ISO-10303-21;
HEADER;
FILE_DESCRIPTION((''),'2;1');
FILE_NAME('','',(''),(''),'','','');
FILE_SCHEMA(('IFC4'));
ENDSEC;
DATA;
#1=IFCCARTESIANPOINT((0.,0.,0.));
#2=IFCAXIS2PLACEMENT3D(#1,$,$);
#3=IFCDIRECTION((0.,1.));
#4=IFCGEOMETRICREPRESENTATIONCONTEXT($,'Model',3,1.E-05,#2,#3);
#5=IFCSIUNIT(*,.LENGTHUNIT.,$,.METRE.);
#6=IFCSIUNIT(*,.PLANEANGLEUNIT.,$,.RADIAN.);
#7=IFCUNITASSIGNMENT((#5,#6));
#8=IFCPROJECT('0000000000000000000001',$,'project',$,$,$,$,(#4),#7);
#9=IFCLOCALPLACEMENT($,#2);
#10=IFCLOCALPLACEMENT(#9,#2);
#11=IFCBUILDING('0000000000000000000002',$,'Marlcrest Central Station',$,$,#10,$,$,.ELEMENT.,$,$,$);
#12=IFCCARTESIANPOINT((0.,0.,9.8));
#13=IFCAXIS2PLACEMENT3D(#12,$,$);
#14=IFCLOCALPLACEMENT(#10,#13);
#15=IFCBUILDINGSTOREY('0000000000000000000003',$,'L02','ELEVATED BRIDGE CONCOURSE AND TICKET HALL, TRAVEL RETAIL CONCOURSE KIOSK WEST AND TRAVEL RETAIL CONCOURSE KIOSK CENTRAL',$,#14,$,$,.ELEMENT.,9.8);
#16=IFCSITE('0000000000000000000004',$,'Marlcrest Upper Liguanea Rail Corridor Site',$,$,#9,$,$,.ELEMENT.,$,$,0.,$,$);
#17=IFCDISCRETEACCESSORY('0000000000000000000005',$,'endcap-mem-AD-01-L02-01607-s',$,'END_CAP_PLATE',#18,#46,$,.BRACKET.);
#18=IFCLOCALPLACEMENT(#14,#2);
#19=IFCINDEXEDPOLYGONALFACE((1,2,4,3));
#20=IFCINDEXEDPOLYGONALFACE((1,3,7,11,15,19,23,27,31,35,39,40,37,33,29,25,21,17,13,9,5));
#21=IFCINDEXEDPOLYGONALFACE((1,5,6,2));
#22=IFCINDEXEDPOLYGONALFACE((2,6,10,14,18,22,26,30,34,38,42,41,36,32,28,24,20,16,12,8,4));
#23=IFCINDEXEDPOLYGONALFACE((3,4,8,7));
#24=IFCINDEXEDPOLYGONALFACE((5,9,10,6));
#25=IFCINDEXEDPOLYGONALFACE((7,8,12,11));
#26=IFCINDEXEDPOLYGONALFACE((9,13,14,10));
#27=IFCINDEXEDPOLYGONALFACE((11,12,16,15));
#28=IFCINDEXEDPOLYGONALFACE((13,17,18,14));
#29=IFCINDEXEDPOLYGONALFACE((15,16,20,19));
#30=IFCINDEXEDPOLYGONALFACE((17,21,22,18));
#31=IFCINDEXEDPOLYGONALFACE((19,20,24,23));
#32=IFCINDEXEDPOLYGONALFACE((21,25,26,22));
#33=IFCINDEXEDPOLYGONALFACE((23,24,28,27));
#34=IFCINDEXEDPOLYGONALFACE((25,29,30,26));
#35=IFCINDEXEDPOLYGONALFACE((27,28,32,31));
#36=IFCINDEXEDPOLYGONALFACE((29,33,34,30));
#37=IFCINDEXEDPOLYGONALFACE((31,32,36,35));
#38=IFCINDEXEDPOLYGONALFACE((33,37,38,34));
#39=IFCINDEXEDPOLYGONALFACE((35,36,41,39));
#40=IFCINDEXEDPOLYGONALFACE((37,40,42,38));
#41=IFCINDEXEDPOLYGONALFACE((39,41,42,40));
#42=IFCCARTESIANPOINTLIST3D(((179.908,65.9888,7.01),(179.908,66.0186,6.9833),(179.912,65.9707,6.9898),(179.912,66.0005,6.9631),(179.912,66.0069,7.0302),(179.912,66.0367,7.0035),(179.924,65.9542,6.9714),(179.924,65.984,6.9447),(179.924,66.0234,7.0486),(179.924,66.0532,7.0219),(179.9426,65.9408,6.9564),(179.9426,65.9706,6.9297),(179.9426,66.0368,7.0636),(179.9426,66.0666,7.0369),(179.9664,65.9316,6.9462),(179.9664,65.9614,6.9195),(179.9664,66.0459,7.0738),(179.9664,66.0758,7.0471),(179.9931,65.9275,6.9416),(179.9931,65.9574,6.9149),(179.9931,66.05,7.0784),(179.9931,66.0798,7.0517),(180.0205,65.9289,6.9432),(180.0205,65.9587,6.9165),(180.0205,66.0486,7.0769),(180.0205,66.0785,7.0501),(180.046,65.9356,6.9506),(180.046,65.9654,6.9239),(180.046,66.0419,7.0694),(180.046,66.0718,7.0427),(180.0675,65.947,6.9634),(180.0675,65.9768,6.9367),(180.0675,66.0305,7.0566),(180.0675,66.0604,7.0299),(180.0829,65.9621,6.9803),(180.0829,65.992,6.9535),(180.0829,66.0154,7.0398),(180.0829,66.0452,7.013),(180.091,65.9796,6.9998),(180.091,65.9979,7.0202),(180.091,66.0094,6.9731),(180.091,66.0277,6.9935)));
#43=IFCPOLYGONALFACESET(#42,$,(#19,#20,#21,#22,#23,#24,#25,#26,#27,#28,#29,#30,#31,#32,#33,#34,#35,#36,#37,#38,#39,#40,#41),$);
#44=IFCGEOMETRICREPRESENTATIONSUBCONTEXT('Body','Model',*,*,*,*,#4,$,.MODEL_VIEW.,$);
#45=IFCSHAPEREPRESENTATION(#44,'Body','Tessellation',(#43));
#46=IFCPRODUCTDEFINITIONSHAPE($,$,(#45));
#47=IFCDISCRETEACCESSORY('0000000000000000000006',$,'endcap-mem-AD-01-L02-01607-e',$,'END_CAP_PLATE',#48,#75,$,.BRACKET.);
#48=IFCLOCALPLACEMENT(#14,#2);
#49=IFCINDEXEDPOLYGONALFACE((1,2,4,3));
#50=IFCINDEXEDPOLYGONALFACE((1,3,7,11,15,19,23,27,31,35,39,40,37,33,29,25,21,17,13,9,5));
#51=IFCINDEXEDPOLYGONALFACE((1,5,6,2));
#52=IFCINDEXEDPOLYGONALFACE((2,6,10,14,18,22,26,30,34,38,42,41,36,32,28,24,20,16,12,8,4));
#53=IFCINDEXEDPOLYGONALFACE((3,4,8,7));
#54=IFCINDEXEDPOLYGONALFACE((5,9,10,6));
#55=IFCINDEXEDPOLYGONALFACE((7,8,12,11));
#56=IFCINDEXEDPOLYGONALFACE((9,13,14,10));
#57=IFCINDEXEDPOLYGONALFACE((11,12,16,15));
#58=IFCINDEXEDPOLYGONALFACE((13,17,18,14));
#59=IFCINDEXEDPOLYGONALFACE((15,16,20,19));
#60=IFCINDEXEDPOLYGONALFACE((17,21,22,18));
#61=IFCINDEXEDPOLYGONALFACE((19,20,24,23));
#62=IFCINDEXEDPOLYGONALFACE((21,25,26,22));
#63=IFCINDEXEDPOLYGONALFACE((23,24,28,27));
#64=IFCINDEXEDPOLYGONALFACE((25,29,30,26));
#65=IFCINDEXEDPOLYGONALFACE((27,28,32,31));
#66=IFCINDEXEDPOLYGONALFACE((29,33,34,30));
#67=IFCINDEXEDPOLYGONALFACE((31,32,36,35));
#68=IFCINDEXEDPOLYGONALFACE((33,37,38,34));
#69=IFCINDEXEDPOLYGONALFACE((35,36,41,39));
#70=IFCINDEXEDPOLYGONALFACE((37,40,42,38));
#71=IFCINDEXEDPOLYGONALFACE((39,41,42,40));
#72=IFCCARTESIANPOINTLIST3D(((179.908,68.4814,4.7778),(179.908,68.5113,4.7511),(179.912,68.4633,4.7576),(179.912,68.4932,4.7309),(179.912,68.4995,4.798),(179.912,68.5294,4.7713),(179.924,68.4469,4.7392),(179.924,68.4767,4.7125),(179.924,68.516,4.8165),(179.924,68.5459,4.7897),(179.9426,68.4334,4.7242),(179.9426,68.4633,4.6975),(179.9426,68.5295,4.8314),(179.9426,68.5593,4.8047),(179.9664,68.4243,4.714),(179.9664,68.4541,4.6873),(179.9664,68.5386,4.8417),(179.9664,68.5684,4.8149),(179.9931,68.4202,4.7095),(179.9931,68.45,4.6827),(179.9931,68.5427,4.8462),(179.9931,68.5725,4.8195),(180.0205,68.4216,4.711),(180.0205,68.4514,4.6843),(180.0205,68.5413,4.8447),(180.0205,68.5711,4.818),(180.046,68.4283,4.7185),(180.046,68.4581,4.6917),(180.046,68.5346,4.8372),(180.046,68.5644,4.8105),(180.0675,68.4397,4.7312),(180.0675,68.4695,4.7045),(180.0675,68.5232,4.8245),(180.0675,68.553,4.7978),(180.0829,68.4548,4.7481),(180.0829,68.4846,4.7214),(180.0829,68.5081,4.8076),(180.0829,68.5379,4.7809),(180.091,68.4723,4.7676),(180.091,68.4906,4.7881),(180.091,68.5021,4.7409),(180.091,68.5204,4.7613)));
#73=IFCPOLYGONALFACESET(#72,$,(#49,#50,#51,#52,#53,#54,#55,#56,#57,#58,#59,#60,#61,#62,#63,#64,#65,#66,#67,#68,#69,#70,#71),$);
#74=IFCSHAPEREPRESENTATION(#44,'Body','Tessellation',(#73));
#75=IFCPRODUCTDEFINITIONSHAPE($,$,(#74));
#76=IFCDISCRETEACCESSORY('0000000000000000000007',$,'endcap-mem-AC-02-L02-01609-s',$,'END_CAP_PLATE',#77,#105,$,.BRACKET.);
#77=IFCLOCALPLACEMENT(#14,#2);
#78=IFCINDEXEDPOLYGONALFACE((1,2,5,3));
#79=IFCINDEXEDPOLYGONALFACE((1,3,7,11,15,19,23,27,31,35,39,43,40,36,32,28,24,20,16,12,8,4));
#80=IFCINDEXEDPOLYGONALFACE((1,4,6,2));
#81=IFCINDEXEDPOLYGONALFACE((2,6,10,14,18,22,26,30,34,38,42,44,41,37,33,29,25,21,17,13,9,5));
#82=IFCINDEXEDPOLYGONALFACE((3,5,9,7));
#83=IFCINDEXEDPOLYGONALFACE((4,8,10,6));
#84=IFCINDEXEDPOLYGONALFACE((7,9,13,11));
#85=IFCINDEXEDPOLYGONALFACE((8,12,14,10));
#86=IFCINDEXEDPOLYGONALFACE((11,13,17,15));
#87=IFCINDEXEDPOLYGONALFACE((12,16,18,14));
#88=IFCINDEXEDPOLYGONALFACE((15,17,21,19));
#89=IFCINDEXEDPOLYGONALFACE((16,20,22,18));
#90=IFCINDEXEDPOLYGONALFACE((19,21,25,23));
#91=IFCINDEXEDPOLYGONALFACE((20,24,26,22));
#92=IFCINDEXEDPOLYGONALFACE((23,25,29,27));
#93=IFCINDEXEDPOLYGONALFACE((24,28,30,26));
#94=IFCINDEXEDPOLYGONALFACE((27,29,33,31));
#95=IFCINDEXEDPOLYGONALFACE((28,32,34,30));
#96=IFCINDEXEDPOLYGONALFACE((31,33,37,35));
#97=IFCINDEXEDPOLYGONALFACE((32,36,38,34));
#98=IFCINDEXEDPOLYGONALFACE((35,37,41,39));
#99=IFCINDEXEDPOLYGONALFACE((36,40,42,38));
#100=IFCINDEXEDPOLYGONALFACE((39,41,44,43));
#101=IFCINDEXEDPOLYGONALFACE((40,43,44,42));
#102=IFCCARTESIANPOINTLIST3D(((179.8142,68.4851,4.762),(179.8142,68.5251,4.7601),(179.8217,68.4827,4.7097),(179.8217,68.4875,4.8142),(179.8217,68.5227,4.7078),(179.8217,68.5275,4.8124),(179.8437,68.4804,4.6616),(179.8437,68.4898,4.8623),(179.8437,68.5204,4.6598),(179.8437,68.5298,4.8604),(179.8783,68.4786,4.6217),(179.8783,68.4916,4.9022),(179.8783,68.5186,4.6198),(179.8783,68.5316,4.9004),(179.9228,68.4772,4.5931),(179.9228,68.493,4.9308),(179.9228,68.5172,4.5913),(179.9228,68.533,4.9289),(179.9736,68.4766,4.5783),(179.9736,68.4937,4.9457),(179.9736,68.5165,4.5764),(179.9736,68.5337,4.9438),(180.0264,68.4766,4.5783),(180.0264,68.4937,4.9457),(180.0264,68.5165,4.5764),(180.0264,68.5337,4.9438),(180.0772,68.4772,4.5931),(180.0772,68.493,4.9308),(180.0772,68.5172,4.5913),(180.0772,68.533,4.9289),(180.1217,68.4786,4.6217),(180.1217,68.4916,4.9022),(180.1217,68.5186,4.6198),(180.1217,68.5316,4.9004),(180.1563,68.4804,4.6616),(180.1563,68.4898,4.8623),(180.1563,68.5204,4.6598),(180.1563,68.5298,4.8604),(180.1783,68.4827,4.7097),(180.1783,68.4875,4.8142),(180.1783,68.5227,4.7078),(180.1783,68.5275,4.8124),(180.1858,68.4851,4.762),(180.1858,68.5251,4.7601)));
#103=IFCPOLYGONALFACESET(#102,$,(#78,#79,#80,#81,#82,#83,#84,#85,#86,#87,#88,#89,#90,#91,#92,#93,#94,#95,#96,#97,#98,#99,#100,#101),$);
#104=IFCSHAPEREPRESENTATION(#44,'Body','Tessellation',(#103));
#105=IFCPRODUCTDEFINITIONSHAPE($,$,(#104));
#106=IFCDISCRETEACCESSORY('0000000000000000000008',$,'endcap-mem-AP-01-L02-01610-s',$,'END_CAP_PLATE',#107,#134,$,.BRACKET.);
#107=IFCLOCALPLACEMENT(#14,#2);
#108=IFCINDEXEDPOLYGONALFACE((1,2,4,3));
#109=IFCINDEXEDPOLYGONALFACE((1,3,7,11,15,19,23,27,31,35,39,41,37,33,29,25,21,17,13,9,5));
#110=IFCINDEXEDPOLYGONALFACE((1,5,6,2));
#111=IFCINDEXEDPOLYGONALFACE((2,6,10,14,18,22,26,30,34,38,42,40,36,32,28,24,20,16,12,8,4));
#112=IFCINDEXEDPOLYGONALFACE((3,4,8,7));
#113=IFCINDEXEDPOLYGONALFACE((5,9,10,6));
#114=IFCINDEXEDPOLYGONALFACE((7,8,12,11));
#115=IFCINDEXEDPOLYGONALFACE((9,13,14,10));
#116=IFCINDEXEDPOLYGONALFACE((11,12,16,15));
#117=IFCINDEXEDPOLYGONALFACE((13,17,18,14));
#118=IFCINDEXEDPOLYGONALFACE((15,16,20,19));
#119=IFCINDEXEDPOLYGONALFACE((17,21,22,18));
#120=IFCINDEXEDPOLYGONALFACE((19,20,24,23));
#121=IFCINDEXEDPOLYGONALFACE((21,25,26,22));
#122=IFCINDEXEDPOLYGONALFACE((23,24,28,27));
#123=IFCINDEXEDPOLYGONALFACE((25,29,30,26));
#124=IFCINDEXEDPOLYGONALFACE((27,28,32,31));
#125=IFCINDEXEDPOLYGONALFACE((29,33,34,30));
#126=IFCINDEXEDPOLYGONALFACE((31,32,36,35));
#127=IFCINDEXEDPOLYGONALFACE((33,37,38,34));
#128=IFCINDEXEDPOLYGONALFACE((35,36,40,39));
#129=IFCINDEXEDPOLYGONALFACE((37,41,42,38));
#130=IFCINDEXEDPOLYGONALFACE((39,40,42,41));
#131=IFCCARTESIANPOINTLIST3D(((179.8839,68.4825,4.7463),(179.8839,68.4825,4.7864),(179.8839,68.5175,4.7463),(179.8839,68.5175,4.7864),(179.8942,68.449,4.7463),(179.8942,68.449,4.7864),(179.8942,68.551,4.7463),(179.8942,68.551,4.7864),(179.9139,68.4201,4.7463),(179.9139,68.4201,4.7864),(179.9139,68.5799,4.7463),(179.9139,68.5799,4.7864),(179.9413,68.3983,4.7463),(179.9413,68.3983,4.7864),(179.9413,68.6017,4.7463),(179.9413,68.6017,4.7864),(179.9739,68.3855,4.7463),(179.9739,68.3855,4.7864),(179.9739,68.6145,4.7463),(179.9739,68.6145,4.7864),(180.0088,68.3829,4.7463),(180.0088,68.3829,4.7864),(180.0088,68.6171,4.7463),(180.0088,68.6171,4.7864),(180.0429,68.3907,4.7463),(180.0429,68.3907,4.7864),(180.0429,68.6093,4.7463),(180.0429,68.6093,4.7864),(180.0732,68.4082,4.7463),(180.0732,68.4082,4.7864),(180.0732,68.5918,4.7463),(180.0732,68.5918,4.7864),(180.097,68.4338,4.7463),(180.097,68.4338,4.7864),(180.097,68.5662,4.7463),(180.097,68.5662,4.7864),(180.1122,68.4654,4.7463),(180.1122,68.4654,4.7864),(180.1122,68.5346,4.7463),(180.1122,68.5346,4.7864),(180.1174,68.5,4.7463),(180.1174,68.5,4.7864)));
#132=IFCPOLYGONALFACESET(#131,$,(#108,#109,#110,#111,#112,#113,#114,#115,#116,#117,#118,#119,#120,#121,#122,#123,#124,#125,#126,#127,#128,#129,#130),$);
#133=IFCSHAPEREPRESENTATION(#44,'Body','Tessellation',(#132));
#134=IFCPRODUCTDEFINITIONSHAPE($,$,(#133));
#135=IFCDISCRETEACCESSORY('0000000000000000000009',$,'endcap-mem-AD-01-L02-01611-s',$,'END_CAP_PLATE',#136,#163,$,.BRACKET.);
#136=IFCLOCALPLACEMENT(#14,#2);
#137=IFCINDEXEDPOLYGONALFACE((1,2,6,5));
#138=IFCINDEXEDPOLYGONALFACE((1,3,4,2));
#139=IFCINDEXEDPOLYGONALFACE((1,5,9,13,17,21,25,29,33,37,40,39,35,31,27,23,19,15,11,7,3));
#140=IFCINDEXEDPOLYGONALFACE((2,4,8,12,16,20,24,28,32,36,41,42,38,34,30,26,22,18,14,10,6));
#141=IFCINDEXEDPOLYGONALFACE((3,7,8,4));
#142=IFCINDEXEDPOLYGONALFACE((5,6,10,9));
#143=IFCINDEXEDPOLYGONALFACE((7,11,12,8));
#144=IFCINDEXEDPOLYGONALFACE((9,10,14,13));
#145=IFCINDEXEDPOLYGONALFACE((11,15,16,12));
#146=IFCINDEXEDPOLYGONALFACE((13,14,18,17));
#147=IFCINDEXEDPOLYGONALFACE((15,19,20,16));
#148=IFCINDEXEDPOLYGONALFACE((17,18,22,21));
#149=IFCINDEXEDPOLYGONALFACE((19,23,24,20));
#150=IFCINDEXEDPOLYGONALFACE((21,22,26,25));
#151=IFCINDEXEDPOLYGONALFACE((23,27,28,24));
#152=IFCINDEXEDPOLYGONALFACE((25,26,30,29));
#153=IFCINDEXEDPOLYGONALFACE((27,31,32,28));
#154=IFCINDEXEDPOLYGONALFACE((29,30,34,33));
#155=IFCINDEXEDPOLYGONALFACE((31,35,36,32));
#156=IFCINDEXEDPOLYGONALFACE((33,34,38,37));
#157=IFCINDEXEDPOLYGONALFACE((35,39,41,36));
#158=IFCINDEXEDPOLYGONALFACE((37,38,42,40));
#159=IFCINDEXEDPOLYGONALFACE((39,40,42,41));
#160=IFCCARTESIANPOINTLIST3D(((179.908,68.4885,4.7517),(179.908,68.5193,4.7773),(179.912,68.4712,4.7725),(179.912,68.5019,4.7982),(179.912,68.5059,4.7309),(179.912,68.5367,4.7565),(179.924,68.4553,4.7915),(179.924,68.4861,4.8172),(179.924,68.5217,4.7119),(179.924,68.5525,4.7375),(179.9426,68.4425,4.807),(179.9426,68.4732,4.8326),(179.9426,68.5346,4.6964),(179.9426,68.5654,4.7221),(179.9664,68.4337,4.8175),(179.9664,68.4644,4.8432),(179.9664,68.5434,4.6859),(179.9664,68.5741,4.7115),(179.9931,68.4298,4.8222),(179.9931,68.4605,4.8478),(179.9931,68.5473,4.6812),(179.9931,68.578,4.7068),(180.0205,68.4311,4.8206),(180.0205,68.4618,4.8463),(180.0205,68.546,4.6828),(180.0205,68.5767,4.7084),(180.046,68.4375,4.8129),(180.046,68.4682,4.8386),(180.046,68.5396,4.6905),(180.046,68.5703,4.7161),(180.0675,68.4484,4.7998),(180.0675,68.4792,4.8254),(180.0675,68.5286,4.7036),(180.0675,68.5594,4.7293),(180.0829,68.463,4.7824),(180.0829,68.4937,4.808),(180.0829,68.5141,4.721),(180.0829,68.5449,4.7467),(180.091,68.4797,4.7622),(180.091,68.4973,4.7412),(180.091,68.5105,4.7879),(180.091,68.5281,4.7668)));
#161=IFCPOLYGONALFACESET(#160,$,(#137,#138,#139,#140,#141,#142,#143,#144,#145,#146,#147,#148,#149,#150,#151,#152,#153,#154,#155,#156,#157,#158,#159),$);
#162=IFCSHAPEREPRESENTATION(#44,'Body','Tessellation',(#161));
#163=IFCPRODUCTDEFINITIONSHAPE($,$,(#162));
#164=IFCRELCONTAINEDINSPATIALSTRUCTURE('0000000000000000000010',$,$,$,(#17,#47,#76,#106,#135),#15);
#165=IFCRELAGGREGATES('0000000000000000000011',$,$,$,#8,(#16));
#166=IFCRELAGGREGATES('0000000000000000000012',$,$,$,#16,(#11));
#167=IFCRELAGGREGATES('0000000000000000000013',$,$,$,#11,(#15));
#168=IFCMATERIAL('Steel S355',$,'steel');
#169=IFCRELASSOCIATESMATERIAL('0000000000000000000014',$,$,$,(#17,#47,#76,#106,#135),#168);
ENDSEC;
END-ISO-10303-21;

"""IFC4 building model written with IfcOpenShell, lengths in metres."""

from ifc_helpers import new_model, si_unit, direction, frame, origin, origin_2d, place, context, subcontext, project, spatial, circle, extrude, material, element, save


model = new_model("IFC4")

# Units and contexts
model_context = context("Model", 3, precision=1e-05, world=origin(), true_north=direction((0.0, 1.0)))
body_context = subcontext(model_context, "Body", "Model", "MODEL_VIEW")
ifc_project = project(units=[si_unit("LENGTHUNIT", "METRE"), si_unit("PLANEANGLEUNIT", "RADIAN")], contexts=[model_context])

# Site, building, storey
site_placement = place(None, origin())
site = spatial("IfcSite", under=ifc_project, at=site_placement, Name="Marlcrest Upper Liguanea Rail Corridor Site", CompositionType="ELEMENT", RefElevation=0.0)
building_placement = place(site_placement, origin())
building = spatial("IfcBuilding", under=site, at=building_placement, Name="Marlcrest Central Station", CompositionType="ELEMENT")
storey_placement = place(building_placement, frame((0.0, 0.0, 9.8)))
storey = spatial("IfcBuildingStorey", under=building, at=storey_placement, Name="L02", Description="ELEVATED BRIDGE CONCOURSE AND TICKET HALL, TRAVEL RETAIL CONCOURSE KIOSK WEST AND TRAVEL RETAIL CONCOURSE KIOSK CENTRAL", CompositionType="ELEMENT", Elevation=9.8)

# Shared definitions
ifc_material = material(Name="Steel S355", Category="steel")

# Discrete accessories
for number, where, z_axis, x_axis, name in (
    (1, (180.0, 65.9888, 7.01), (0.0, 0.744956, -0.667114), (-1.0, 0.0, 0.0), "endcap-mem-AD-01-L02-01607-s"),
    (2, (180.0, 68.4814, 4.7778), (0.0, 0.744956, -0.667114), (-1.0, 0.0, 0.0), "endcap-mem-AD-01-L02-01607-e"),
):
    element("IfcDiscreteAccessory", number, at=place(storey_placement, frame(where, z_axis=z_axis, x_axis=x_axis)), inside=storey, material=ifc_material, Name=name, ObjectType="END_CAP_PLATE", PredefinedType="BRACKET", context=body_context, shape_type="SweptSolid", body=[
        extrude(circle(Radius=0.092, at=origin_2d()), origin(), (0.0, 0.0, 1.0), 0.04),
    ])
discrete_accessory_1_placement = place(storey_placement, frame((180.0, 68.4851, 4.762), z_axis=(0.0, 0.998917, -0.046532), x_axis=(-1.0, 0.0, 0.0)))
element("IfcDiscreteAccessory", 3, at=discrete_accessory_1_placement, inside=storey, material=ifc_material, Name="endcap-mem-AC-02-L02-01609-s", ObjectType="END_CAP_PLATE", PredefinedType="BRACKET", context=body_context, shape_type="SweptSolid", body=[
    extrude(circle(Radius=0.1858, at=origin_2d()), origin(), (0.0, 0.0, 1.0), 0.04),
])
discrete_accessory_2_placement = place(storey_placement, frame((180.0, 68.5, 4.7463), z_axis=(0.0, 0.0, 1.0), x_axis=(1.0, 0.0, 0.0)))
element("IfcDiscreteAccessory", 4, at=discrete_accessory_2_placement, inside=storey, material=ifc_material, Name="endcap-mem-AP-01-L02-01610-s", ObjectType="END_CAP_PLATE", PredefinedType="BRACKET", context=body_context, shape_type="SweptSolid", body=[
    extrude(circle(Radius=0.1174, at=origin_2d()), origin(), (0.0, 0.0, 1.0), 0.04),
])
discrete_accessory_3_placement = place(storey_placement, frame((180.0, 68.4885, 4.7517), z_axis=(0.0, 0.76816, 0.640258), x_axis=(-1.0, 0.0, 0.0)))
element("IfcDiscreteAccessory", 5, at=discrete_accessory_3_placement, inside=storey, material=ifc_material, Name="endcap-mem-AD-01-L02-01611-s", ObjectType="END_CAP_PLATE", PredefinedType="BRACKET", context=body_context, shape_type="SweptSolid", body=[
    extrude(circle(Radius=0.092, at=origin_2d()), origin(), (0.0, 0.0, 1.0), 0.04),
])

save(model, "model.ifc")
